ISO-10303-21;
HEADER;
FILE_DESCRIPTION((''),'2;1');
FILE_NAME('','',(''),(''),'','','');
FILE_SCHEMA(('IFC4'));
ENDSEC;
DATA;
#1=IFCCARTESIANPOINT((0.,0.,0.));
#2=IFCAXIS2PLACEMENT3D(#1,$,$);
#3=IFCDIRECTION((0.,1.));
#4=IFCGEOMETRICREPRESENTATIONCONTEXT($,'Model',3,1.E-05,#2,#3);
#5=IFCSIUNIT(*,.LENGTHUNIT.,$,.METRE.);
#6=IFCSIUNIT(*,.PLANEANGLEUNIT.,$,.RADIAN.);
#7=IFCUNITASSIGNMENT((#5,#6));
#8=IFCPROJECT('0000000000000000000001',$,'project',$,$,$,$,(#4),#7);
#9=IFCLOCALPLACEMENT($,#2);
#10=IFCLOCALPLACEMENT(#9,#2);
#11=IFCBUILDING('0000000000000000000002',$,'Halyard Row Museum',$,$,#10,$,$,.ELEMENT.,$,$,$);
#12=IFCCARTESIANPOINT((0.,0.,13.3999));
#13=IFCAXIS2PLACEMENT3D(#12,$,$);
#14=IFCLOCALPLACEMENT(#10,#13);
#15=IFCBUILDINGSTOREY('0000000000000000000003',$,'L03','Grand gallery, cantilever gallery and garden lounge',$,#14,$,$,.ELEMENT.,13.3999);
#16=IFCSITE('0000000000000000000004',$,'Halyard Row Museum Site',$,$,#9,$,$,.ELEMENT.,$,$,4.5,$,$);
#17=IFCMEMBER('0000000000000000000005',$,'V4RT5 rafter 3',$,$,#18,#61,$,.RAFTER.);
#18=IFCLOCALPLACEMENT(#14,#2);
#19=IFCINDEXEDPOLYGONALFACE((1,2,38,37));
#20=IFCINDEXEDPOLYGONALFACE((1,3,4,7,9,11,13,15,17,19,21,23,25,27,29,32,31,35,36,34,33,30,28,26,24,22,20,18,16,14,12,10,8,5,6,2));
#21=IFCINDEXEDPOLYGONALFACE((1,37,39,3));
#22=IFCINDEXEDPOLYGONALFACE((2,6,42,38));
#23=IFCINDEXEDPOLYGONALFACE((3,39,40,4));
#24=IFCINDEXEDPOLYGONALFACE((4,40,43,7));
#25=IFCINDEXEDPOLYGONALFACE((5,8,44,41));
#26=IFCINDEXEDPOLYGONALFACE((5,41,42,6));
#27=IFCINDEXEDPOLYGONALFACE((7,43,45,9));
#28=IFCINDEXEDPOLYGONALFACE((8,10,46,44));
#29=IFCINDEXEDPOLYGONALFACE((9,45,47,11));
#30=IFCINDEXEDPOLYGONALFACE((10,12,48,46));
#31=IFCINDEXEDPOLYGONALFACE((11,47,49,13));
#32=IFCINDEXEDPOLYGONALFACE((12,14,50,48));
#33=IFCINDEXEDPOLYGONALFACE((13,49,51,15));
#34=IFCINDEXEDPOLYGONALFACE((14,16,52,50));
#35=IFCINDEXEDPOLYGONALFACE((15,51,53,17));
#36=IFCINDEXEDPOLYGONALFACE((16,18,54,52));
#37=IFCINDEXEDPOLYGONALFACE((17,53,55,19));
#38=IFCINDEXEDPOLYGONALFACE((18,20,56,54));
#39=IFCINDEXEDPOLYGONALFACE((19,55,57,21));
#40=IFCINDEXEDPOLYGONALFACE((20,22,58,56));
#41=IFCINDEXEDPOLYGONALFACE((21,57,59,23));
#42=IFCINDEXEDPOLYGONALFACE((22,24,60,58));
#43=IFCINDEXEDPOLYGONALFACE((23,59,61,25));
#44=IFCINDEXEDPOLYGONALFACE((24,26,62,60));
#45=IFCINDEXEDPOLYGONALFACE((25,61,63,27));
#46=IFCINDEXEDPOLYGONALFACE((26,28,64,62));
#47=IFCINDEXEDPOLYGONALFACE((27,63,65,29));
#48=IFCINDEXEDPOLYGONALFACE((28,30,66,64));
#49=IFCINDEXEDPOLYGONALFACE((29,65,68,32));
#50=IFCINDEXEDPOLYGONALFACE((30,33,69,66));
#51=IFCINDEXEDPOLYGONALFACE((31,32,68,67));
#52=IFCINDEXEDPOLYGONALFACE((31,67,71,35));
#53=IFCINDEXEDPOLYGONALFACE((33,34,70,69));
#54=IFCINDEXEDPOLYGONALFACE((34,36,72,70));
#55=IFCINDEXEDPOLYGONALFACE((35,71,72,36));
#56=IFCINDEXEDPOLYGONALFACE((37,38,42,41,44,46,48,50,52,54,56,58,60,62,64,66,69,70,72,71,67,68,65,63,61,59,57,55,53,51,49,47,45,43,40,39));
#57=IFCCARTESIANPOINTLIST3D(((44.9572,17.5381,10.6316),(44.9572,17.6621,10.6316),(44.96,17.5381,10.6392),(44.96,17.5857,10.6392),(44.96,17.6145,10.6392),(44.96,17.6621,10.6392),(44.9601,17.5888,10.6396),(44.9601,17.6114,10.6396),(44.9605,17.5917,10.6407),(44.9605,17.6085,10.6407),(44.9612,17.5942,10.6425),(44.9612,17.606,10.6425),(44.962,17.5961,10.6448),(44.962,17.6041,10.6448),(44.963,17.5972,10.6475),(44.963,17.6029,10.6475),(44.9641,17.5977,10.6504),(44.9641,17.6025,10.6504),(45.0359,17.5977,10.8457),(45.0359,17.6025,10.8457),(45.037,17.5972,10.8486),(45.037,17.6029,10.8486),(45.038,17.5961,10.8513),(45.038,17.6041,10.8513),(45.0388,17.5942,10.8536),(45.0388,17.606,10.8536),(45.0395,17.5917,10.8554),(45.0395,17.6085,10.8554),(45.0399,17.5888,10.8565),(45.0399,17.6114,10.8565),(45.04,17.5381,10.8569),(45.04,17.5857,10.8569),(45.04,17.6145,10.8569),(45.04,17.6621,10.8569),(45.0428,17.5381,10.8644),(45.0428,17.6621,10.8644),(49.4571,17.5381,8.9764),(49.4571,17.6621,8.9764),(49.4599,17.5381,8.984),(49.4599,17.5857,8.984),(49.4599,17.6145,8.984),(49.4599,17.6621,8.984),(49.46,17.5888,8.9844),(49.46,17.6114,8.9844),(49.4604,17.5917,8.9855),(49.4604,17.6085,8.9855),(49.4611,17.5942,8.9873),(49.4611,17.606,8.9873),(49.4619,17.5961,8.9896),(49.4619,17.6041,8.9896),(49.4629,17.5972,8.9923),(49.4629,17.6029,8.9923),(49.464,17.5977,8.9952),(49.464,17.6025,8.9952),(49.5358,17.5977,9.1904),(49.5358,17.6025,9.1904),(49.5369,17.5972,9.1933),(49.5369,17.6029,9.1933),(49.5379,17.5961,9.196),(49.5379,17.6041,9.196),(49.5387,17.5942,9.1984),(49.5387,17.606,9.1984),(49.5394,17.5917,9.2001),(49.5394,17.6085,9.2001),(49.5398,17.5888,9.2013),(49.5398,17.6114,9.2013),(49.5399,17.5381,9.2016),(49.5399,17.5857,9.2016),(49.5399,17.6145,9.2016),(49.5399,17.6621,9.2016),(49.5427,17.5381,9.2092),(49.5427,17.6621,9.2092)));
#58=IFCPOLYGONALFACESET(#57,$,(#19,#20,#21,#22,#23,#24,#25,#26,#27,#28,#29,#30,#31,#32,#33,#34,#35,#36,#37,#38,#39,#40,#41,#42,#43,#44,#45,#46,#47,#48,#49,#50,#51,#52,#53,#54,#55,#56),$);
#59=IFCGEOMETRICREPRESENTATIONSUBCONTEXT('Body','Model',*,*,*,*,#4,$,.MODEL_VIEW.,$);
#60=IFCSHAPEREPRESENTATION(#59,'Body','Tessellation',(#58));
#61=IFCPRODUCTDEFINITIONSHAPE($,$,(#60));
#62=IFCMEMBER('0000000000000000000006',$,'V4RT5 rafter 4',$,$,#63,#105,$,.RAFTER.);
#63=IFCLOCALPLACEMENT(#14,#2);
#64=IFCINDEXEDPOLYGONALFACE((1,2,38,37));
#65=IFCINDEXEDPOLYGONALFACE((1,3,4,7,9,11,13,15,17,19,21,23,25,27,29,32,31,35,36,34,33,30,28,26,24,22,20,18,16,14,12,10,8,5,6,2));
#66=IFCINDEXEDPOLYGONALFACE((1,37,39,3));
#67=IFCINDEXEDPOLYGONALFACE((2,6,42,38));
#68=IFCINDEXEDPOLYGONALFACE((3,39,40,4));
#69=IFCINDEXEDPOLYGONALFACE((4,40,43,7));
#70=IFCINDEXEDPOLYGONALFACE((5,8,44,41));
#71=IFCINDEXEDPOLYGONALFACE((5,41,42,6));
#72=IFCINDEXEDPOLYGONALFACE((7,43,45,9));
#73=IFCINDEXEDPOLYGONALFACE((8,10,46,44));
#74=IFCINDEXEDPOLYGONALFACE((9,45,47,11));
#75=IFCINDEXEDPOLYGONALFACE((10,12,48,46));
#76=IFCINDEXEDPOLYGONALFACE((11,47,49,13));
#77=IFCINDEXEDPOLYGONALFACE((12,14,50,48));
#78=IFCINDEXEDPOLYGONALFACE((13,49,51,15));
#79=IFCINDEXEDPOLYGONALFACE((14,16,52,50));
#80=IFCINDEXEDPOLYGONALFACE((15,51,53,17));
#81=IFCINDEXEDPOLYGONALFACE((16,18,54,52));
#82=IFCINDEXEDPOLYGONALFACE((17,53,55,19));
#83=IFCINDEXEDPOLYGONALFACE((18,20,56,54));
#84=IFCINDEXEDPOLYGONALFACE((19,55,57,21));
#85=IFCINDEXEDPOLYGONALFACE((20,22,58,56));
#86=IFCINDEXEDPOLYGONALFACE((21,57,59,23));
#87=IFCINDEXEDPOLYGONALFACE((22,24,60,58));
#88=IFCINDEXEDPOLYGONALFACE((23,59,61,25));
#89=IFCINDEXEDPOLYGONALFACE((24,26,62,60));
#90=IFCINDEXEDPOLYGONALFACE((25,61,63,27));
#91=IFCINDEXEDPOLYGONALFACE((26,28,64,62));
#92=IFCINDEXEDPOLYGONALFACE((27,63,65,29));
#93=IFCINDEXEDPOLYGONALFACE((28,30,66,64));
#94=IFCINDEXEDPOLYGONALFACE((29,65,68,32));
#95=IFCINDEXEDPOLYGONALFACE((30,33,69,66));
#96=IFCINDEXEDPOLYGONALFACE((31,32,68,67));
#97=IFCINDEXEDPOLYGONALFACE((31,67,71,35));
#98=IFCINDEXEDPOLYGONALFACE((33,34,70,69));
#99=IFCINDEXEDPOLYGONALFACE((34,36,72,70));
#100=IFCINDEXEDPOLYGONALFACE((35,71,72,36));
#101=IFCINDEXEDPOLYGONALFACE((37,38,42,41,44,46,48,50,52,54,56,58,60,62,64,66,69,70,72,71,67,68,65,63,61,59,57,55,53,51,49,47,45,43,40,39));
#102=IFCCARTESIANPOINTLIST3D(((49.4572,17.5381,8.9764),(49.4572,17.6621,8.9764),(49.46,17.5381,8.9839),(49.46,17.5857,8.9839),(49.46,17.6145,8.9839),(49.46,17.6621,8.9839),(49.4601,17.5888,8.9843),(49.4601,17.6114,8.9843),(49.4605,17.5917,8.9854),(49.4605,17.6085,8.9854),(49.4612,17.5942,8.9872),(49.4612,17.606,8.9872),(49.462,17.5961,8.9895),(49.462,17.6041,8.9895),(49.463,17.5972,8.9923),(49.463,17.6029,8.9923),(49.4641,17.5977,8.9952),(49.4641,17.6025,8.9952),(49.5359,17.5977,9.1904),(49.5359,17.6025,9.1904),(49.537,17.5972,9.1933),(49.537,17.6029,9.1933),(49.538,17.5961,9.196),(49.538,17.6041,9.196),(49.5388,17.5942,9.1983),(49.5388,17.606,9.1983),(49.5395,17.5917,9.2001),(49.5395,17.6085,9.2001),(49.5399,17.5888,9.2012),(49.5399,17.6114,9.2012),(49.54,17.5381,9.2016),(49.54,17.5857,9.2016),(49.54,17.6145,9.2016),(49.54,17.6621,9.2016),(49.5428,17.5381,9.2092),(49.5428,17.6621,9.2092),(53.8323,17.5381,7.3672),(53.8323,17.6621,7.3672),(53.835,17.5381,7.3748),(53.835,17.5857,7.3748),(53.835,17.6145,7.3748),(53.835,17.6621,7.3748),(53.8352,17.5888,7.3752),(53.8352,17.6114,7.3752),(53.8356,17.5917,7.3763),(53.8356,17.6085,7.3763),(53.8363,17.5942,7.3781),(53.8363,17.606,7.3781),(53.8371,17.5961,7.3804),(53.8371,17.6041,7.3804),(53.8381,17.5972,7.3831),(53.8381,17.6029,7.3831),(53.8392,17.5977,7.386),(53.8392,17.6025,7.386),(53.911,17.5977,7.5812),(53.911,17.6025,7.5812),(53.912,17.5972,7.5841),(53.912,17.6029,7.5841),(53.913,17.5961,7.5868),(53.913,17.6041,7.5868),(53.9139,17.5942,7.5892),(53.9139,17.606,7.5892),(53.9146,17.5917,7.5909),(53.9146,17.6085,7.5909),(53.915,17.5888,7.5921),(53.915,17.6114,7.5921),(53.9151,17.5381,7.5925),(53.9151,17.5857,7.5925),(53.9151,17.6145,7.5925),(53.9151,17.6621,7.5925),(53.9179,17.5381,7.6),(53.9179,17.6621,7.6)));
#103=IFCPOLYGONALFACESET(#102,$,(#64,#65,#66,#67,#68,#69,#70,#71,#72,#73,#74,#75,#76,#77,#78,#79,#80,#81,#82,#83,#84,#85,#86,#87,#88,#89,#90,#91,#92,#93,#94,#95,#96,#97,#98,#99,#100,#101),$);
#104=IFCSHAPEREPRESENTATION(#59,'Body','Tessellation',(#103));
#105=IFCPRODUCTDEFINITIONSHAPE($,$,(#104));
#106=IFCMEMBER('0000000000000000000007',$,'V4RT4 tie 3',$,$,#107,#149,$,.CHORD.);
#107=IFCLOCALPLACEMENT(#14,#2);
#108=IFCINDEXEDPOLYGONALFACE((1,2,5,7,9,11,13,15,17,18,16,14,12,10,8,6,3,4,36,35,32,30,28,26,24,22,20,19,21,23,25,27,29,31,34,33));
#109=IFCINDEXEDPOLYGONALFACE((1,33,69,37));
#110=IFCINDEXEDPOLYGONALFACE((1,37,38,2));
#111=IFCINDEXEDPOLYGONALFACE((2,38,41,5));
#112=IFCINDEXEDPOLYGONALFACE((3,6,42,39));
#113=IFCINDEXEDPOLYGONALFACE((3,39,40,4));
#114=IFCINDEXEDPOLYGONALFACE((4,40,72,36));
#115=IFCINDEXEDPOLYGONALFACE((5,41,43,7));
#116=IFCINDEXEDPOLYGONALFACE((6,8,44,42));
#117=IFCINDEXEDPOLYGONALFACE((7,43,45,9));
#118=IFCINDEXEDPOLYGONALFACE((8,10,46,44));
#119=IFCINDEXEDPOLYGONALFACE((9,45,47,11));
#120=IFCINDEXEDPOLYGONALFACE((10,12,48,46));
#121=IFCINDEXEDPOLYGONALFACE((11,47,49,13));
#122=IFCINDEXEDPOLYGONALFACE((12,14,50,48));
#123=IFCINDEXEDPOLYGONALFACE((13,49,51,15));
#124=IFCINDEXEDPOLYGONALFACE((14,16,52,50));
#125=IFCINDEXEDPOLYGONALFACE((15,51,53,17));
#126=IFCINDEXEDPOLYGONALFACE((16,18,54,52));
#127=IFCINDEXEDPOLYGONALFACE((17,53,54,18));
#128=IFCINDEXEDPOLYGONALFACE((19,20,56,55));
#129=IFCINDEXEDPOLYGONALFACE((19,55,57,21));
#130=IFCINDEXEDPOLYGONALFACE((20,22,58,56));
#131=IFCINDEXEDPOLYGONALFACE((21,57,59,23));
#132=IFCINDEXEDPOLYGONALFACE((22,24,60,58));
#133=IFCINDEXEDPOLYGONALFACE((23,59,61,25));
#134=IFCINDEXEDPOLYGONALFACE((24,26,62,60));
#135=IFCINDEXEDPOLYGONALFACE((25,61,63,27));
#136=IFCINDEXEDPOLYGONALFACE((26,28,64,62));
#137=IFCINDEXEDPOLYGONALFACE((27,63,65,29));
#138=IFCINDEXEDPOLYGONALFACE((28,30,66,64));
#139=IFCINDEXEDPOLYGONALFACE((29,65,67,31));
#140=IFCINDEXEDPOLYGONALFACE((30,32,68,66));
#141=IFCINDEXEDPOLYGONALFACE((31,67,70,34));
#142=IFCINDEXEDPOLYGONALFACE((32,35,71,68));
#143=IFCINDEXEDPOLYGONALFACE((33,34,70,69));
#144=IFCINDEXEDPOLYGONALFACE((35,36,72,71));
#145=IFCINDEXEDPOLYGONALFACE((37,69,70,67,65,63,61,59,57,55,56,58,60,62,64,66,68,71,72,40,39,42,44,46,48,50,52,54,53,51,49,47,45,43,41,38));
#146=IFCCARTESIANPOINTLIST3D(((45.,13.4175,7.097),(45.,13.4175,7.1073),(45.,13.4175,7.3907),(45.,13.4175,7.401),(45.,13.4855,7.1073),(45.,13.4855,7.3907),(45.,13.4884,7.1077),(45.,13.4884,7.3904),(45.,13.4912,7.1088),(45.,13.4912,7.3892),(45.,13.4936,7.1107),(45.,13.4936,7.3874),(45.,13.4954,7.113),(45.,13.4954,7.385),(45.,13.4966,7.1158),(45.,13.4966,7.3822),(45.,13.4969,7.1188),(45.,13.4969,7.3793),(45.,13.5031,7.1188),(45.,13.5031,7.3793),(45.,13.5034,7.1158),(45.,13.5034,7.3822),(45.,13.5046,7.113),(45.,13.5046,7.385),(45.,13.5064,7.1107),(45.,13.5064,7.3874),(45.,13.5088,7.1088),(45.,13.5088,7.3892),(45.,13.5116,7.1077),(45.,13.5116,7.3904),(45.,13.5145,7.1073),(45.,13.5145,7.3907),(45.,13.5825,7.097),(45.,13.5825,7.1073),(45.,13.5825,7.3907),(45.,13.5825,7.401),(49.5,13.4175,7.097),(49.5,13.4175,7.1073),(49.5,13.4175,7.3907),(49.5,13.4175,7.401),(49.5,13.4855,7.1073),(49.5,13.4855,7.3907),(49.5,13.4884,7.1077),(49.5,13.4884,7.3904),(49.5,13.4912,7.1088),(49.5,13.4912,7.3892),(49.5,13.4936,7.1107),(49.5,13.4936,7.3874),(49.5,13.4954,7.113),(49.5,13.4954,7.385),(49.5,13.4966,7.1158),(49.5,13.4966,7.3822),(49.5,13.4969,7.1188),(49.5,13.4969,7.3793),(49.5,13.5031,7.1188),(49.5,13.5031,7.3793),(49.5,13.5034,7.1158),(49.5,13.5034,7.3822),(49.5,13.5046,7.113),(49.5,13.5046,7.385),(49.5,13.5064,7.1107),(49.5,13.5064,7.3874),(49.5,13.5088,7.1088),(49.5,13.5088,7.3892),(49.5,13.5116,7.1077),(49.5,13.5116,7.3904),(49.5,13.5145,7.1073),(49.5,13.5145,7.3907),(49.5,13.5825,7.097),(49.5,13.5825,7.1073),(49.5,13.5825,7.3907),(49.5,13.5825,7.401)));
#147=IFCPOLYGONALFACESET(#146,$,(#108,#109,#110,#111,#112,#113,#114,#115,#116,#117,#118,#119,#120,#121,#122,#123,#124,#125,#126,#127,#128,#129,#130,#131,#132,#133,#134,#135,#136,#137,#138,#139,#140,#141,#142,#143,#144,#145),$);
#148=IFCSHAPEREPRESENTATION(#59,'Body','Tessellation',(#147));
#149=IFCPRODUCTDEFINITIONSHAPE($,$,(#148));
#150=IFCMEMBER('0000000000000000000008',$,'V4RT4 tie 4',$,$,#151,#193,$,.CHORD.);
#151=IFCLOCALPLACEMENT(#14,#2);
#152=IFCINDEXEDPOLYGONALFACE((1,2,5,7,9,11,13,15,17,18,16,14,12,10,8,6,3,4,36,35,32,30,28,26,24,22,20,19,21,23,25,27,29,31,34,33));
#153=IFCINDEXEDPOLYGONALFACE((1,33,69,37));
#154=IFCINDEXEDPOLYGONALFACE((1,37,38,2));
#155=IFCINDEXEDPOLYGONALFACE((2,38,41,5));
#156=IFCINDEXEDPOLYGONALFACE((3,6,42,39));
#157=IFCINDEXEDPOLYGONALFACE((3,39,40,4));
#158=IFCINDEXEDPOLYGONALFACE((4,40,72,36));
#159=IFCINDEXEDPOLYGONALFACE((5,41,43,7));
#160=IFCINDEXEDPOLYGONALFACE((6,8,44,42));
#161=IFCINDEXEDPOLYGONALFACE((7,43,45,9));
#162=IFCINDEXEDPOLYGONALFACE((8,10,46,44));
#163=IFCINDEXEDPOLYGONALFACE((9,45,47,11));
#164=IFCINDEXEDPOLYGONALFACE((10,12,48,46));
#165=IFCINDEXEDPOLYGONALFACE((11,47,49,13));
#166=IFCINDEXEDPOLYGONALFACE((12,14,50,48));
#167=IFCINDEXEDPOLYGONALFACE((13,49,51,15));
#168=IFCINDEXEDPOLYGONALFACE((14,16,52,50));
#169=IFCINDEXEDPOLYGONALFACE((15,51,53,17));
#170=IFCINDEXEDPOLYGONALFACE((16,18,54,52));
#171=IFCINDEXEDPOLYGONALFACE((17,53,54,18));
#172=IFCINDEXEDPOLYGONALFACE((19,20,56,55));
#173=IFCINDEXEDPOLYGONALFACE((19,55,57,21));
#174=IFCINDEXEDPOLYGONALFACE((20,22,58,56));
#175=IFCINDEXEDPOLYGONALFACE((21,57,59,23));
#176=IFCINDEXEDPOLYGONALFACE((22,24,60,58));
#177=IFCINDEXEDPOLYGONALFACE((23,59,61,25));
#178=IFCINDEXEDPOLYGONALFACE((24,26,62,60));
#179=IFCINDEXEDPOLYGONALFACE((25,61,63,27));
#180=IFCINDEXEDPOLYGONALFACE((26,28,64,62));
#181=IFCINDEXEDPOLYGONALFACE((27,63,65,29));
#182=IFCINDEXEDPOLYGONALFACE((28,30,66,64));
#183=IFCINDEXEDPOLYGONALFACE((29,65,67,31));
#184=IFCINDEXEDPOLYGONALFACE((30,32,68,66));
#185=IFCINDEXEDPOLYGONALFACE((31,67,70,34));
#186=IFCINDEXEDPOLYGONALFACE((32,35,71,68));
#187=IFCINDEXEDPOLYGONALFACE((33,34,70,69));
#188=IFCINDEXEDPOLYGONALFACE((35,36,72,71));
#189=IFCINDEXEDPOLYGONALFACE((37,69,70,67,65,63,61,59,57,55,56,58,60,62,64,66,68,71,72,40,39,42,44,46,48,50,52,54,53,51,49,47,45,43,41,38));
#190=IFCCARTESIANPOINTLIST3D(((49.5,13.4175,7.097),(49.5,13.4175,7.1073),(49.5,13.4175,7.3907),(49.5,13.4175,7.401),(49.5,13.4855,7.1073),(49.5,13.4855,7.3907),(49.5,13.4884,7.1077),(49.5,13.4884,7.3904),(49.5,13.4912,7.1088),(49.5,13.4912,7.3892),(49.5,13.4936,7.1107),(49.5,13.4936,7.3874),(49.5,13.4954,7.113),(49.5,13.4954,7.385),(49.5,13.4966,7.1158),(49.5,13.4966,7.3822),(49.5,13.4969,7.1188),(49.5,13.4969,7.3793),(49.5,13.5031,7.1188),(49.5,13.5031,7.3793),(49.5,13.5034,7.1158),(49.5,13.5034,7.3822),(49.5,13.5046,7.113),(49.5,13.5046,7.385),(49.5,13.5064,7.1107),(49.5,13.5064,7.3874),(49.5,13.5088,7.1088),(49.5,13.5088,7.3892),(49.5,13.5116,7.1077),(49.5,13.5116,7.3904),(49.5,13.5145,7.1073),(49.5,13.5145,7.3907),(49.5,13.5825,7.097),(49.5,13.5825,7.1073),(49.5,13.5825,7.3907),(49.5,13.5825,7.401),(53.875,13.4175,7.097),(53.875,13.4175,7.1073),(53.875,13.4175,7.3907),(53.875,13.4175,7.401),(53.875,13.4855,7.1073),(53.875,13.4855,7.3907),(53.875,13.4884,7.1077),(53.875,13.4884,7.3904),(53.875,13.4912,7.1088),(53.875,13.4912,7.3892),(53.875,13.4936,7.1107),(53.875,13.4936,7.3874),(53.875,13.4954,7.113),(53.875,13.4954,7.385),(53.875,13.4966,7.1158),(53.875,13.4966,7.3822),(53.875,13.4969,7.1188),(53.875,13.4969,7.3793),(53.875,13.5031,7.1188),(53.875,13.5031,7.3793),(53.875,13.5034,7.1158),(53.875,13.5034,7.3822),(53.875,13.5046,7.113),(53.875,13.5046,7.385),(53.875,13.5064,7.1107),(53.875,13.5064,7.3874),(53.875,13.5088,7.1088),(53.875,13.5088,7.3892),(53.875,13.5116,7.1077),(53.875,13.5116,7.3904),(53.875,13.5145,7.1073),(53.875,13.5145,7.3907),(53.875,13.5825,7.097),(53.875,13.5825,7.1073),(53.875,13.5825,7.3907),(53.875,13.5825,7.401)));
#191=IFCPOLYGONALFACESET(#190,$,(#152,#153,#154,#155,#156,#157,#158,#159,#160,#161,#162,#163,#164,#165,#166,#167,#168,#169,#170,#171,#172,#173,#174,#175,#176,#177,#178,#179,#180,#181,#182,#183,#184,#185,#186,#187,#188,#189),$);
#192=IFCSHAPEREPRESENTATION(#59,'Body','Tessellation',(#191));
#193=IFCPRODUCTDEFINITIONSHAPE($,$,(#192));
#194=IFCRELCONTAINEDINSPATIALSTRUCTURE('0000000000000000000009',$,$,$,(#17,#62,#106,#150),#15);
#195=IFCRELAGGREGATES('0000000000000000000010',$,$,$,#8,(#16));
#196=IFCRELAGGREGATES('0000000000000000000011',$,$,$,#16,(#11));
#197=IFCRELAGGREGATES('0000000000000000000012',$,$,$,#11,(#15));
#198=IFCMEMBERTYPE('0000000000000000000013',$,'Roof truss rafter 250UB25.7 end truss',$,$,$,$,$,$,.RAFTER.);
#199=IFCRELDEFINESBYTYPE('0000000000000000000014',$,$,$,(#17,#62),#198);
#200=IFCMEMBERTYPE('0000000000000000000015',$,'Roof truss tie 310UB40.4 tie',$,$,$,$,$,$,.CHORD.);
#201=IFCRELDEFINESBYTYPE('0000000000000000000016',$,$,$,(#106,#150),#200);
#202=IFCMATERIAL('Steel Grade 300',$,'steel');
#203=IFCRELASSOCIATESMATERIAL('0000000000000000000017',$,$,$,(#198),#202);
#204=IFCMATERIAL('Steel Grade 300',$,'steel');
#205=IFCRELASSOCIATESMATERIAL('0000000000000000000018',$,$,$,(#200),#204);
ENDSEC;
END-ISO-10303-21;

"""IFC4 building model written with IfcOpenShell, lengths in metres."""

from ifc_helpers import new_model, si_unit, direction, frame, origin, origin_2d, place, context, subcontext, project, spatial, i_section, extrude, material, material_profile, profile_set, type_object, element, save


model = new_model("IFC4")

# Units and contexts
model_context = context("Model", 3, precision=1e-05, world=origin(), true_north=direction((0.0, 1.0)))
body_context = subcontext(model_context, "Body", "Model", "MODEL_VIEW")
ifc_project = project(units=[si_unit("LENGTHUNIT", "METRE"), si_unit("PLANEANGLEUNIT", "RADIAN")], contexts=[model_context])

# Site, building, storey
site_placement = place(None, origin())
site = spatial("IfcSite", under=ifc_project, at=site_placement, Name="Halyard Row Museum Site", CompositionType="ELEMENT", RefElevation=4.5)
building_placement = place(site_placement, origin())
building = spatial("IfcBuilding", under=site, at=building_placement, Name="Halyard Row Museum", CompositionType="ELEMENT")
storey_placement = place(building_placement, frame((0.0, 0.0, 13.3999)))
storey = spatial("IfcBuildingStorey", under=building, at=storey_placement, Name="L03", Description="Grand gallery, cantilever gallery and garden lounge", CompositionType="ELEMENT", Elevation=13.3999)

# Members
ifc_material_1 = material(Name="Steel Grade 300", Category="steel")
ifc_material_profile_1 = material_profile(ifc_material_1, i_section(OverallWidth=0.124, OverallDepth=0.248, WebThickness=0.0049, FlangeThickness=0.0081, FilletRadius=0.012, at=origin_2d()), Name="250UB25.7")
ifc_profile_set_1 = profile_set([ifc_material_profile_1], Name="Steel Grade 300")
member_type_1 = type_object("IfcMemberType", Name="Roof truss rafter 250UB25.7 end truss", PredefinedType="RAFTER", material=ifc_profile_set_1)
member_1_placement = place(storey_placement, frame((45.0, 17.6001, 10.748), z_axis=(0.93852, 0.0, -0.345224), x_axis=(0.0, 1.0, 0.0)))
element("IfcMember", 1, at=member_1_placement, inside=storey, type_object=member_type_1, Name="V4RT5 rafter 3", PredefinedType="RAFTER", context=body_context, shape_type="SweptSolid", body=[
    extrude(i_section(OverallWidth=0.124, OverallDepth=0.248, WebThickness=0.0049, FlangeThickness=0.0081, FilletRadius=0.012, at=origin_2d()), origin(), (0.0, 0.0, 1.0), 4.7947),
])
member_2_placement = place(storey_placement, frame((49.5, 17.6001, 9.0928), z_axis=(0.938532, 0.0, -0.345193), x_axis=(0.0, 1.0, 0.0)))
element("IfcMember", 2, at=member_2_placement, inside=storey, type_object=member_type_1, Name="V4RT5 rafter 4", PredefinedType="RAFTER", context=body_context, shape_type="SweptSolid", body=[
    extrude(i_section(OverallWidth=0.124, OverallDepth=0.248, WebThickness=0.0049, FlangeThickness=0.0081, FilletRadius=0.012, at=origin_2d()), origin(), (0.0, 0.0, 1.0), 4.6616),
])
ifc_material_2 = material(Name="Steel Grade 300", Category="steel")
ifc_material_profile_2 = material_profile(ifc_material_2, i_section(OverallWidth=0.165, OverallDepth=0.304, WebThickness=0.0061, FlangeThickness=0.0103, FilletRadius=0.0115, at=origin_2d()), Name="310UB40.4")
ifc_profile_set_2 = profile_set([ifc_material_profile_2], Name="Steel Grade 300")
member_type_2 = type_object("IfcMemberType", Name="Roof truss tie 310UB40.4 tie", PredefinedType="CHORD", material=ifc_profile_set_2)
member_3_placement = place(storey_placement, frame((45.0, 13.5, 7.249), z_axis=(1.0, 0.0, 0.0), x_axis=(0.0, 1.0, 0.0)))
element("IfcMember", 3, at=member_3_placement, inside=storey, type_object=member_type_2, Name="V4RT4 tie 3", PredefinedType="CHORD", context=body_context, shape_type="SweptSolid", body=[
    extrude(i_section(OverallWidth=0.165, OverallDepth=0.304, WebThickness=0.0061, FlangeThickness=0.0103, FilletRadius=0.0115, at=origin_2d()), origin(), (0.0, 0.0, 1.0), 4.5),
])
member_4_placement = place(storey_placement, frame((49.5, 13.5, 7.249), z_axis=(1.0, 0.0, 0.0), x_axis=(0.0, 1.0, 0.0)))
element("IfcMember", 4, at=member_4_placement, inside=storey, type_object=member_type_2, Name="V4RT4 tie 4", PredefinedType="CHORD", context=body_context, shape_type="SweptSolid", body=[
    extrude(i_section(OverallWidth=0.165, OverallDepth=0.304, WebThickness=0.0061, FlangeThickness=0.0103, FilletRadius=0.0115, at=origin_2d()), origin(), (0.0, 0.0, 1.0), 4.375),
])

save(model, "model.ifc")
